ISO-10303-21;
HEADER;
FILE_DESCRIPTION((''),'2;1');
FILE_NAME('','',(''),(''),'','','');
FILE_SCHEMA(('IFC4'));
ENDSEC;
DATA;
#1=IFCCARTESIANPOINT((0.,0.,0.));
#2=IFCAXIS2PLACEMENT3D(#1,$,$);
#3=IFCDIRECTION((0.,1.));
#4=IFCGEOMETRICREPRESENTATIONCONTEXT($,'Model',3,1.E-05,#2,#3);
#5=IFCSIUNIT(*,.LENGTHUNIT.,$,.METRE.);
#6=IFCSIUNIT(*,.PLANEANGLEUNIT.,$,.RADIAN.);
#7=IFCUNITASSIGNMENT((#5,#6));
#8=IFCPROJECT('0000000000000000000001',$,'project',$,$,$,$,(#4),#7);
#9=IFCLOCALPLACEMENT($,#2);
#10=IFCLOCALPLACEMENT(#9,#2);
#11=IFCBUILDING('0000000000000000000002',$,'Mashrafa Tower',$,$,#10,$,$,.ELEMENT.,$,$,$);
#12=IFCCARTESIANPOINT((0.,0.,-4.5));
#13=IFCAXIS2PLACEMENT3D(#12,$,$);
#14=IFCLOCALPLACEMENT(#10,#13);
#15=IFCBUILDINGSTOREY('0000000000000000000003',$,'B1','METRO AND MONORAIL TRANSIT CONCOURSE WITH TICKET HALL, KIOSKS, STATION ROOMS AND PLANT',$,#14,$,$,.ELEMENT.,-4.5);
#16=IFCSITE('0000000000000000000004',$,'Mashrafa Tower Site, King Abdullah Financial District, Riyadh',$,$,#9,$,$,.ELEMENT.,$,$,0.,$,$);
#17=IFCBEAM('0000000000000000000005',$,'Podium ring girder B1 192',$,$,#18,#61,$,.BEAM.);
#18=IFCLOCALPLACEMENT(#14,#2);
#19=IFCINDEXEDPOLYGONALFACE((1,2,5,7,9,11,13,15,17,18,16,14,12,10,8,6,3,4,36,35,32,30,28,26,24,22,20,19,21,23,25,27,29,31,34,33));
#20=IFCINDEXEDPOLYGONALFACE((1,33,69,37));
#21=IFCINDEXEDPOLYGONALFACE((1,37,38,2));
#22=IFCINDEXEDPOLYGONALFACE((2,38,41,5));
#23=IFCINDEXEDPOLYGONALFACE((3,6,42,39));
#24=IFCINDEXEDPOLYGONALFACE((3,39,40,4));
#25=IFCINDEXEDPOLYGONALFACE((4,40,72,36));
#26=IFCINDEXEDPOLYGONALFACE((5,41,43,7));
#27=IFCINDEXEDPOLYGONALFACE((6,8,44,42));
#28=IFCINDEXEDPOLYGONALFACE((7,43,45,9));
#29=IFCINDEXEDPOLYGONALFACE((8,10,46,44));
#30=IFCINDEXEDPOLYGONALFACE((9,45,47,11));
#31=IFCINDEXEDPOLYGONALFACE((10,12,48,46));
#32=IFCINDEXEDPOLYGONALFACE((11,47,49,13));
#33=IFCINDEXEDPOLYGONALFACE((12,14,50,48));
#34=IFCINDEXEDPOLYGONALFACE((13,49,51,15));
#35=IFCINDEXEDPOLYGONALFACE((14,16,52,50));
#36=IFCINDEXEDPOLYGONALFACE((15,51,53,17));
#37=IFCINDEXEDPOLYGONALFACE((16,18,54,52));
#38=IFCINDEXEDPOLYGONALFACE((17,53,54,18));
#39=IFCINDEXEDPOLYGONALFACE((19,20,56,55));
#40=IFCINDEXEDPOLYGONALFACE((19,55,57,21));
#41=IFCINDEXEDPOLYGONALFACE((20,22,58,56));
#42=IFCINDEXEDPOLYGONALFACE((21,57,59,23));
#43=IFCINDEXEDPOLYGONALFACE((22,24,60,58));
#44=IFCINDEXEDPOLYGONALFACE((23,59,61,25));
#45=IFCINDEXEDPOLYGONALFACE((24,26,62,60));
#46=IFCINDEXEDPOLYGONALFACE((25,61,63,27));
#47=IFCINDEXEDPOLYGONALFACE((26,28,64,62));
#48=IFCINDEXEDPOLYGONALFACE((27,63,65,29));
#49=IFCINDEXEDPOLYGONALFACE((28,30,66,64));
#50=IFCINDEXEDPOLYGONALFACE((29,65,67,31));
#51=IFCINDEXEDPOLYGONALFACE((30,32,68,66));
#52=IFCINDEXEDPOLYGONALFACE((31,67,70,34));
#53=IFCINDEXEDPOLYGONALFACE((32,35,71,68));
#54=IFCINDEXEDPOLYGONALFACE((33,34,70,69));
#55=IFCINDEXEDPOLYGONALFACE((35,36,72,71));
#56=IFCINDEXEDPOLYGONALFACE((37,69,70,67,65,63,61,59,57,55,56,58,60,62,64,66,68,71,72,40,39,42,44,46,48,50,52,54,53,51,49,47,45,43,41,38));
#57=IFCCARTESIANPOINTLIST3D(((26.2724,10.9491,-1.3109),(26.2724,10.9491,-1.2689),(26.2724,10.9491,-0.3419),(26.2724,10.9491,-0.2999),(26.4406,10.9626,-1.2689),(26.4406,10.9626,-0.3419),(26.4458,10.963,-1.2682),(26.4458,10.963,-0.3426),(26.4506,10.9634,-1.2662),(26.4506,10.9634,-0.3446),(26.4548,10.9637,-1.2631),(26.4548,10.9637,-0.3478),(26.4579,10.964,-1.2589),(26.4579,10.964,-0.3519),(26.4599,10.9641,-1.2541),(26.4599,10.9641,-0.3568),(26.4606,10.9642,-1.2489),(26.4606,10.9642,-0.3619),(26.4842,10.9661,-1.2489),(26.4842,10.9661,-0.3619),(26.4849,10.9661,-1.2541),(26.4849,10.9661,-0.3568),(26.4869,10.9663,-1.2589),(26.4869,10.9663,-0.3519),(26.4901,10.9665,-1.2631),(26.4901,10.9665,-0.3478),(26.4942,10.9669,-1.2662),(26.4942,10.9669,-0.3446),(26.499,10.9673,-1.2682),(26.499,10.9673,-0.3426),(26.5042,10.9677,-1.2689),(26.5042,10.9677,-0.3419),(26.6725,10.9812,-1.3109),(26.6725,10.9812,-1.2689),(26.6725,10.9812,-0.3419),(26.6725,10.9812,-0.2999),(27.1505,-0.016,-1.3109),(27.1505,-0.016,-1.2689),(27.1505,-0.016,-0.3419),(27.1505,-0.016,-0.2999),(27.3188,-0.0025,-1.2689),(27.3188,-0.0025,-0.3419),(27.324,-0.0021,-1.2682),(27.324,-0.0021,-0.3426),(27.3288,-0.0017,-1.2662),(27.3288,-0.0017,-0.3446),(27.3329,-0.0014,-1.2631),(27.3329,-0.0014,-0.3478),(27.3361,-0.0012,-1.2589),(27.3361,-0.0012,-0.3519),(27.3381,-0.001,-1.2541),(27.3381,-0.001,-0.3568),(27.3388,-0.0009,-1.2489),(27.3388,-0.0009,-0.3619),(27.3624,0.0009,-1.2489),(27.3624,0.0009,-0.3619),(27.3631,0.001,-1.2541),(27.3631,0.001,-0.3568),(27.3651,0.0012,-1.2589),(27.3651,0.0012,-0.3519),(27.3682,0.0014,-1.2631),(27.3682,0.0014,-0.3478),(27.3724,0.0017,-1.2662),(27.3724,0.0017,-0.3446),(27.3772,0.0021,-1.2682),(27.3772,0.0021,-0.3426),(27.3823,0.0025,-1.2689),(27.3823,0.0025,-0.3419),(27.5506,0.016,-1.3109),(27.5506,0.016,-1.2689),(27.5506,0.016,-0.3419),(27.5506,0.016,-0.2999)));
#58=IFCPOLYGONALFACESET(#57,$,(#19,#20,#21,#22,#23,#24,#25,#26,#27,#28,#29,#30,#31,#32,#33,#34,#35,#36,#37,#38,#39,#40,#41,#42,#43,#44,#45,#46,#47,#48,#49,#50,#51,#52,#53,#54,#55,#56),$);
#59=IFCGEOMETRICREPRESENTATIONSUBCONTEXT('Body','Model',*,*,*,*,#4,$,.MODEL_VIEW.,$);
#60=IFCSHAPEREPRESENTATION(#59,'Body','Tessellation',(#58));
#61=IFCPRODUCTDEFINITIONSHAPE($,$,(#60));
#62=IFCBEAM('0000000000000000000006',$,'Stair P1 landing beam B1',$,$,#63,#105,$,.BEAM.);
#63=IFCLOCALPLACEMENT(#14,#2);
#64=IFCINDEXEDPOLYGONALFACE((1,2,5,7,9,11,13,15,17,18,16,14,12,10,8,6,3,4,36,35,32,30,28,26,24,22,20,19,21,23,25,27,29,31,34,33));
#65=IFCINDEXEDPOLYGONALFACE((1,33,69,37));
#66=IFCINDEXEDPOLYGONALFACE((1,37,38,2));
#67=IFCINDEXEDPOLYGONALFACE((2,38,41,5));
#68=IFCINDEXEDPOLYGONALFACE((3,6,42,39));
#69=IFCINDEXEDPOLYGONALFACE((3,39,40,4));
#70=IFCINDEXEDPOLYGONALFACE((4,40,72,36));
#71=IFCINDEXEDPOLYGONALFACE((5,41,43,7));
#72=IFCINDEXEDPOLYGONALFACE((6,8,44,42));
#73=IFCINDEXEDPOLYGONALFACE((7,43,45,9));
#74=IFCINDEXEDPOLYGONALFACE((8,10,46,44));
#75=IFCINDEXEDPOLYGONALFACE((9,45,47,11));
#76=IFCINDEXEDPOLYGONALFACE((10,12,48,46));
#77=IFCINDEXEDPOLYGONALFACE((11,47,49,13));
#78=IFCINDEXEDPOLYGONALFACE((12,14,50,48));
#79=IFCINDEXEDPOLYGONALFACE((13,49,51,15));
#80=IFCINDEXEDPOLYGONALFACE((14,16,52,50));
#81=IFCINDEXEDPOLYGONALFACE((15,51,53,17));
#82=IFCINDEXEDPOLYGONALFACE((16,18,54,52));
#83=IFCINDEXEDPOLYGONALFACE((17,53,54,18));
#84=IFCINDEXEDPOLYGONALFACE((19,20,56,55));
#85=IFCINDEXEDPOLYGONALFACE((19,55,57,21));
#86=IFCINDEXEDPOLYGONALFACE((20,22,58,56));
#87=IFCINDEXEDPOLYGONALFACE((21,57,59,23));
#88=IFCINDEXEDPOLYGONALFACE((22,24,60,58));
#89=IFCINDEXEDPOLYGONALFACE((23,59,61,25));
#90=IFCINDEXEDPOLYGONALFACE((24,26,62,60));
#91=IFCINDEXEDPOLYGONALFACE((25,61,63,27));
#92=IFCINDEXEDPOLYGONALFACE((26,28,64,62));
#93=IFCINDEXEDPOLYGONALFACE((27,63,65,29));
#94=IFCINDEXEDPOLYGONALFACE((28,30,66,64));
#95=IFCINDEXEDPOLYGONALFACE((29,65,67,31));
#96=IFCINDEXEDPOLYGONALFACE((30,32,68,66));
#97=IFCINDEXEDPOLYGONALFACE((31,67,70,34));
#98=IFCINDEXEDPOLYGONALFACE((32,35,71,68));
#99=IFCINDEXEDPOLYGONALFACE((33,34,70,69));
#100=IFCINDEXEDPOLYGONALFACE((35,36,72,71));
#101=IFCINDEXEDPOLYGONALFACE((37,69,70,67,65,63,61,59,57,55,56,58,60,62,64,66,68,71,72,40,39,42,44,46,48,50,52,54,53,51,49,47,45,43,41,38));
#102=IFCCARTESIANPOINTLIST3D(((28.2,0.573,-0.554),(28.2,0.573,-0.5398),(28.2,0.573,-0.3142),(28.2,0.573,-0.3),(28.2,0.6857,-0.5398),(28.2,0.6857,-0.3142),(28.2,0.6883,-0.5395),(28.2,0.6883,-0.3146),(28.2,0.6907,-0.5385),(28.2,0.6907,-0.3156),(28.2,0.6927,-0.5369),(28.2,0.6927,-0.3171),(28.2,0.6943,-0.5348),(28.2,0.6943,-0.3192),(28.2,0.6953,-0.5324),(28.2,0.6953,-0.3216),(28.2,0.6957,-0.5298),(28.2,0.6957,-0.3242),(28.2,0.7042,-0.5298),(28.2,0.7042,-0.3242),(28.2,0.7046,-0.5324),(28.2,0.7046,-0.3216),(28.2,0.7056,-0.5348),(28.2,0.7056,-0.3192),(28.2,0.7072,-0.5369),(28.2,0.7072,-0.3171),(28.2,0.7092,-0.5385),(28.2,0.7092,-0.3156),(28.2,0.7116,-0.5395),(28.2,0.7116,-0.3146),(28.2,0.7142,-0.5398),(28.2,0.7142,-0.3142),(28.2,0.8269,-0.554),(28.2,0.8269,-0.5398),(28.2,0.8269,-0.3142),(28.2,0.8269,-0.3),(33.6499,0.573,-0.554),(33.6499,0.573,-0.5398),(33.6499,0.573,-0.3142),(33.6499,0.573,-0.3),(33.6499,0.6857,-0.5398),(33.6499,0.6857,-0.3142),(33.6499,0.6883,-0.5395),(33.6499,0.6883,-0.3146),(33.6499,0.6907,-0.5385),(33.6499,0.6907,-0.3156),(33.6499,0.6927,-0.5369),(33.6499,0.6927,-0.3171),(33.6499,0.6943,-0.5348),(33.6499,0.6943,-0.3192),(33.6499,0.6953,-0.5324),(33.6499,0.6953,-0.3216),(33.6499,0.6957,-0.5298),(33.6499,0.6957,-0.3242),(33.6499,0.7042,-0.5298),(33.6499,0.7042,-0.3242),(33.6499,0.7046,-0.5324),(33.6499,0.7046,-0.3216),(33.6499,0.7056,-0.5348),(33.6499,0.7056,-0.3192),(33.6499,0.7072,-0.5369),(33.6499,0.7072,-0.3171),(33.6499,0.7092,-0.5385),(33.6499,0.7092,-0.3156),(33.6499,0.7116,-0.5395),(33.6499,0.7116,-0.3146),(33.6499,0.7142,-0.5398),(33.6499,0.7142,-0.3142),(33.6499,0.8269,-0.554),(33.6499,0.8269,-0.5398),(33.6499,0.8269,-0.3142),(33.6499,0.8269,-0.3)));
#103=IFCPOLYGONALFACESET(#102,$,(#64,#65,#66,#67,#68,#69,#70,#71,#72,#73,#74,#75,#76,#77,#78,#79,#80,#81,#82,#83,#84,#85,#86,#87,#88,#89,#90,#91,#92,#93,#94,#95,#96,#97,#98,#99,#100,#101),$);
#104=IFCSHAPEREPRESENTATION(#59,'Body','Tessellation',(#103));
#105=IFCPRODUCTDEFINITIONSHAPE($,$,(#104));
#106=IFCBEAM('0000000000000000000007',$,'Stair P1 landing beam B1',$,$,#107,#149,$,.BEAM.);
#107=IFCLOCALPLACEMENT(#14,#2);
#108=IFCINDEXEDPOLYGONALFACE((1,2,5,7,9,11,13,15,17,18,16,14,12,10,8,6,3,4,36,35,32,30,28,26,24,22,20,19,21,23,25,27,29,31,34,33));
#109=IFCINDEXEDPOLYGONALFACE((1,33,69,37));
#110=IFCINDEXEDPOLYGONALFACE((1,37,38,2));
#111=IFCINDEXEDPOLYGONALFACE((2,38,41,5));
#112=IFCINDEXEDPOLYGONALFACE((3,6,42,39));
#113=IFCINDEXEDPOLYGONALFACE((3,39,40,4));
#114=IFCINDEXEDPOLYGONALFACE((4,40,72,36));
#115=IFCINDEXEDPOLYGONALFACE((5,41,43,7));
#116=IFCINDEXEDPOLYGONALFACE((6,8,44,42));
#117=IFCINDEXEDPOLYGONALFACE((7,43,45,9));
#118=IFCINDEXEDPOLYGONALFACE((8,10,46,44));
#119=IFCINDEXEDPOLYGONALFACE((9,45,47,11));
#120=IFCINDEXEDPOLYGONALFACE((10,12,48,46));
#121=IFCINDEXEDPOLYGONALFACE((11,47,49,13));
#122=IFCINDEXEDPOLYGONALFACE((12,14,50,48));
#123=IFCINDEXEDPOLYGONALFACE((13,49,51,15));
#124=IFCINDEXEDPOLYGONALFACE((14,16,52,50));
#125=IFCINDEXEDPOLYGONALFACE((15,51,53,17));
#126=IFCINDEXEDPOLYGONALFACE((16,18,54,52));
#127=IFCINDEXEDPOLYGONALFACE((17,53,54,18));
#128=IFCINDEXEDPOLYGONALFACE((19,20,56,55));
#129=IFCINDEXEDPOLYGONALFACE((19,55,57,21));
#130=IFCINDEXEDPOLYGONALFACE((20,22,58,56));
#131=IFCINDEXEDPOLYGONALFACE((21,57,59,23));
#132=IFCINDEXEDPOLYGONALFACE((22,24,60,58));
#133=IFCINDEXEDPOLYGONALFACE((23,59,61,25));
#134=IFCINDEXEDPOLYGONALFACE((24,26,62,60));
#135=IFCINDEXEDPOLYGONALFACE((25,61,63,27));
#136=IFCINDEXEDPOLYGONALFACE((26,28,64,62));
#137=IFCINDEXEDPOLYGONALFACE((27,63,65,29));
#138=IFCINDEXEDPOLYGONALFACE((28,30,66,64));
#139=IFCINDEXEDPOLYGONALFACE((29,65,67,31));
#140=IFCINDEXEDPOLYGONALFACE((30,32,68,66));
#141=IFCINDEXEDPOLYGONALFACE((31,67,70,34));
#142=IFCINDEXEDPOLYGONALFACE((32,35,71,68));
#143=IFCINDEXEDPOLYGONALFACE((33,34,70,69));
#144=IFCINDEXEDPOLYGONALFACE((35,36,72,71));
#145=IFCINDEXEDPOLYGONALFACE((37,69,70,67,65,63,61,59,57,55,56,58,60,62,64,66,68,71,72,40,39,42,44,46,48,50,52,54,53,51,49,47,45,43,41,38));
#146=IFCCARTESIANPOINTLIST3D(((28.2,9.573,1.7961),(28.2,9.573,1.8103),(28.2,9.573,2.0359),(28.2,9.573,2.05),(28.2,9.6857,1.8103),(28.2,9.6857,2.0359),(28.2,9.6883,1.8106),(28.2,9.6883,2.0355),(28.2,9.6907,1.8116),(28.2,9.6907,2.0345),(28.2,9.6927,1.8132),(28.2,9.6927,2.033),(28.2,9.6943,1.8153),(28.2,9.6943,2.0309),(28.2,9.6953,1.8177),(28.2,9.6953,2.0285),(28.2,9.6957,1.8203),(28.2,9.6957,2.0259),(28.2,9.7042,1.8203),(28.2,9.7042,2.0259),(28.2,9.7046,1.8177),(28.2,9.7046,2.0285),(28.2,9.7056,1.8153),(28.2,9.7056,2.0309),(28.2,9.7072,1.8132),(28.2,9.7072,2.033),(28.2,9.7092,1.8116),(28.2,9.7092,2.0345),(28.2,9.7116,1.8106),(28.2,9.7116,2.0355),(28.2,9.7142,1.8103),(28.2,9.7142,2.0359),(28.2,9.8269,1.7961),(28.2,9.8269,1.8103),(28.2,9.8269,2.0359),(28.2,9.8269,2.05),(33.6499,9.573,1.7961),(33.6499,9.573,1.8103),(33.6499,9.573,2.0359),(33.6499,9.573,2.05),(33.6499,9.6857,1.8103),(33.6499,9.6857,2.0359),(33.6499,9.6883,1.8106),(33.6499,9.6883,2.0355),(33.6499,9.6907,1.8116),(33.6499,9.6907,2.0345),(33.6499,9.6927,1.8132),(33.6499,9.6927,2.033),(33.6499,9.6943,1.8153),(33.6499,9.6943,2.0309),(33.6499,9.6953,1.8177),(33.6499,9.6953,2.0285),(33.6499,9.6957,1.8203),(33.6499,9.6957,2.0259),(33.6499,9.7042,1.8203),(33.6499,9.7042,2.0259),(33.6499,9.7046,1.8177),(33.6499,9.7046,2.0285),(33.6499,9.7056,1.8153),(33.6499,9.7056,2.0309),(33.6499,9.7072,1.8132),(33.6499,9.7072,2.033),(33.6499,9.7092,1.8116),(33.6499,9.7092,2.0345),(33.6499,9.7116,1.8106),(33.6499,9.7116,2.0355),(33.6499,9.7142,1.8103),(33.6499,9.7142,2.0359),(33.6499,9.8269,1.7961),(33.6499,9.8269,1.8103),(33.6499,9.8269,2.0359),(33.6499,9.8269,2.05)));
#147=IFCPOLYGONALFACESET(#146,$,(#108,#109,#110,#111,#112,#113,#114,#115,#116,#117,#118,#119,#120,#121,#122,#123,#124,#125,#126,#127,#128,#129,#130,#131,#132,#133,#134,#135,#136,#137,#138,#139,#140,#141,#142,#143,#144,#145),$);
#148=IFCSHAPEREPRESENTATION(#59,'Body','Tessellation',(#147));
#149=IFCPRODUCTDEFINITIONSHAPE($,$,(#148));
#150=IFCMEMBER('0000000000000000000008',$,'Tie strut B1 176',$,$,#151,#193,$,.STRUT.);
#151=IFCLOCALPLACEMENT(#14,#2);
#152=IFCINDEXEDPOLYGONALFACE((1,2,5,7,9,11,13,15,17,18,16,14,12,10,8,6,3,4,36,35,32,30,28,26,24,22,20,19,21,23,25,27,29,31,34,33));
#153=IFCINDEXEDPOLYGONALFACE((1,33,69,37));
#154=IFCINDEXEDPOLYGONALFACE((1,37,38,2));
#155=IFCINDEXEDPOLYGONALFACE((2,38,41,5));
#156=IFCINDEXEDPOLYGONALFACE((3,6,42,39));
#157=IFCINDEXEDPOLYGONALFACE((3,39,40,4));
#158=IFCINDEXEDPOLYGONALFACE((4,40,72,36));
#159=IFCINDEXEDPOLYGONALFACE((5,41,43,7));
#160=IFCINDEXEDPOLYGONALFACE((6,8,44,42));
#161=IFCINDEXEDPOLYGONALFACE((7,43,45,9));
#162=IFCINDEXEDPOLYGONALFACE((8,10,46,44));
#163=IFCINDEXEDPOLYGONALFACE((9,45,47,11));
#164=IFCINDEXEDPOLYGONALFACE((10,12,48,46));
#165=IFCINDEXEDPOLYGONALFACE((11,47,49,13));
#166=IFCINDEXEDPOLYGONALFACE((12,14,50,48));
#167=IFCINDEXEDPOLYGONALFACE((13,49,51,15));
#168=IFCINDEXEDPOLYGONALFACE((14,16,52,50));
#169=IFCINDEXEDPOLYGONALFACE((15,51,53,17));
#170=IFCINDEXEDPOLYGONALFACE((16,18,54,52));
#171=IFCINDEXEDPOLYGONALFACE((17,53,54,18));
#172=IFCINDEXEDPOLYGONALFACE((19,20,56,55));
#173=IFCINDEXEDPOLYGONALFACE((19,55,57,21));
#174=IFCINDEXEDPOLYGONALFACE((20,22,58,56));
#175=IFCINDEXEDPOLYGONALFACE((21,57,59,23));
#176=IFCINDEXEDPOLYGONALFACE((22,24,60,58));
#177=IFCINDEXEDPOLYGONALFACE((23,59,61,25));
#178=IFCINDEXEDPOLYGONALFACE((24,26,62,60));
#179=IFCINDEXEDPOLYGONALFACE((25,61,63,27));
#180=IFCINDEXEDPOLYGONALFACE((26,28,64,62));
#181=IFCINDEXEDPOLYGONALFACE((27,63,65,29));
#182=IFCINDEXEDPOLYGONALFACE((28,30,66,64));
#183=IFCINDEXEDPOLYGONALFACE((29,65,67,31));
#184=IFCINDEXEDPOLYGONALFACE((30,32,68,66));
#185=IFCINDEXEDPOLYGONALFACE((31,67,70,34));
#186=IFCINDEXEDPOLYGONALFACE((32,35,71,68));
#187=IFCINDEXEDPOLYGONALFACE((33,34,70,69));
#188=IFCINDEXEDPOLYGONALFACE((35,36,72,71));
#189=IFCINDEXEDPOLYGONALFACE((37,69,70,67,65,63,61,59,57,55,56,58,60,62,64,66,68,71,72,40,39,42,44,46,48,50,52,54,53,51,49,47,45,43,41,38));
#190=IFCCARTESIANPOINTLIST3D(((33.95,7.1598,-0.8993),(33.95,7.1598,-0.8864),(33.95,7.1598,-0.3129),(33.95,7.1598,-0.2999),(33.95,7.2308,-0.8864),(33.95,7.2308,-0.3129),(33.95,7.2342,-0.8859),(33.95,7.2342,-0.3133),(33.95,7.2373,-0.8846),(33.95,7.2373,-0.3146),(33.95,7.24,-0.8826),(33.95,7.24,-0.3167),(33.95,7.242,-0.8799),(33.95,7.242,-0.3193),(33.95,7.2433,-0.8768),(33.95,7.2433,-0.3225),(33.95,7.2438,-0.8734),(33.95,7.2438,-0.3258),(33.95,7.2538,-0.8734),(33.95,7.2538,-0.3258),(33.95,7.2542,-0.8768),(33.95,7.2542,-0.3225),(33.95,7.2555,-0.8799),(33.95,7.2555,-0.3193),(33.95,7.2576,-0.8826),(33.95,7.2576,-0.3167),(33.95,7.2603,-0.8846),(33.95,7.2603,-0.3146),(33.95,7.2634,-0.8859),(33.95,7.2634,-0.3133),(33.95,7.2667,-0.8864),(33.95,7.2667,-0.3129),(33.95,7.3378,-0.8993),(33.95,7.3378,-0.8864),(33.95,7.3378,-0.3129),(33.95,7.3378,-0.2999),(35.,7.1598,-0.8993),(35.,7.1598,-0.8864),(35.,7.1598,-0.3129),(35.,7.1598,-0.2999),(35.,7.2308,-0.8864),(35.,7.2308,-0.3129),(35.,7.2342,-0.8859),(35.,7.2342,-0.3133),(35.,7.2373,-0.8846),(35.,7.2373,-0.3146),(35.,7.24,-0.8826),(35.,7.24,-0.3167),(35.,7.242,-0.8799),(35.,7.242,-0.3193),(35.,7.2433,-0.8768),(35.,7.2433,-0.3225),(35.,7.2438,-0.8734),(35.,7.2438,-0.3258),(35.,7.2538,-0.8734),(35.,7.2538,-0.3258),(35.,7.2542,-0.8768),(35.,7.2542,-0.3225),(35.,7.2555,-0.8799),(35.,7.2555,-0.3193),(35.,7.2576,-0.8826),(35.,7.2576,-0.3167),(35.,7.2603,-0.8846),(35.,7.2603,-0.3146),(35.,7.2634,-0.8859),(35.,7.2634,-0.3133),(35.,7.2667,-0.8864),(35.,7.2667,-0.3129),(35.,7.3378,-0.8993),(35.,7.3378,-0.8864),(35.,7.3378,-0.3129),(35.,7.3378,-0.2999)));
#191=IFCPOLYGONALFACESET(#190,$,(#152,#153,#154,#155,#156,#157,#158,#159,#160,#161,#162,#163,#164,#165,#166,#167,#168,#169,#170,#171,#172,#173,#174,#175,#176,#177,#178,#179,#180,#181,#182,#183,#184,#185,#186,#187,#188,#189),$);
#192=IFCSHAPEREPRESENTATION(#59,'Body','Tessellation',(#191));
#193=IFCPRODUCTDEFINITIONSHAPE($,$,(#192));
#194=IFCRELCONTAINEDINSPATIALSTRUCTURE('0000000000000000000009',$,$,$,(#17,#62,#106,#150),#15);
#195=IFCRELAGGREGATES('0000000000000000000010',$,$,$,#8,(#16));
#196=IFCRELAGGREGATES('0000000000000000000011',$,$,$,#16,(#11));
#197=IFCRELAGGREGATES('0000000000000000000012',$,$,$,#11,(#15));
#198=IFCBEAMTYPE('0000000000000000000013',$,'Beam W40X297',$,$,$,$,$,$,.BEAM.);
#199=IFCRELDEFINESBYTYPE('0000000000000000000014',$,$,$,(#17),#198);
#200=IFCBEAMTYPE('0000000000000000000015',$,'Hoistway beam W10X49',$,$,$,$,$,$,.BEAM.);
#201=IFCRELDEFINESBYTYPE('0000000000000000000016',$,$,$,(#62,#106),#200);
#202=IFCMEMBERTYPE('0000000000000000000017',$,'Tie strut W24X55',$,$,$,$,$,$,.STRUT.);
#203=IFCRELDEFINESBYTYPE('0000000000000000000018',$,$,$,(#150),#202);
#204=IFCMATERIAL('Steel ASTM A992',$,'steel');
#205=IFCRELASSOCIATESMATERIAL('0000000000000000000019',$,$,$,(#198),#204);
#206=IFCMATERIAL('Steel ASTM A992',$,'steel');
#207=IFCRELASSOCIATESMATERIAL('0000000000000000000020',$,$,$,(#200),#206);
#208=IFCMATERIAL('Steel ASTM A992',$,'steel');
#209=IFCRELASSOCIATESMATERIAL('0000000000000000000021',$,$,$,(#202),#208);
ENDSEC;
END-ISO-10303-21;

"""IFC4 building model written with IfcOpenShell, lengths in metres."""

from ifc_helpers import new_model, si_unit, direction, frame, origin, origin_2d, place, context, subcontext, project, spatial, i_section, extrude, source, transform, mapped, material, material_profile, profile_set, type_object, type_shapes, element, save


model = new_model("IFC4")

# Units and contexts
model_context = context("Model", 3, precision=1e-05, world=origin(), true_north=direction((0.0, 1.0)))
body_context = subcontext(model_context, "Body", "Model", "MODEL_VIEW")
ifc_project = project(units=[si_unit("LENGTHUNIT", "METRE"), si_unit("PLANEANGLEUNIT", "RADIAN")], contexts=[model_context])

# Site, building, storey
site_placement = place(None, origin())
site = spatial("IfcSite", under=ifc_project, at=site_placement, Name="Mashrafa Tower Site, King Abdullah Financial District, Riyadh", CompositionType="ELEMENT", RefElevation=0.0)
building_placement = place(site_placement, origin())
building = spatial("IfcBuilding", under=site, at=building_placement, Name="Mashrafa Tower", CompositionType="ELEMENT")
storey_placement = place(building_placement, frame((0.0, 0.0, -4.5)))
storey = spatial("IfcBuildingStorey", under=building, at=storey_placement, Name="B1", Description="METRO AND MONORAIL TRANSIT CONCOURSE WITH TICKET HALL, KIOSKS, STATION ROOMS AND PLANT", CompositionType="ELEMENT", Elevation=-4.5)

# Beams
ifc_material_1 = material(Name="Steel ASTM A992", Category="steel")
ifc_material_profile_1 = material_profile(ifc_material_1, i_section(OverallWidth=0.4014, OverallDepth=1.011, WebThickness=0.0237, FlangeThickness=0.042, FilletRadius=0.02, at=origin_2d()), Name="W40X297")
ifc_profile_set_1 = profile_set([ifc_material_profile_1], Name="Steel ASTM A992")
beam_type_1 = type_object("IfcBeamType", Name="Beam W40X297", PredefinedType="BEAM", material=ifc_profile_set_1)
beam_1_placement = place(storey_placement, frame((27.3506, 0.0, -0.8054), z_axis=(-0.079833, 0.996808, 0.0), x_axis=(-0.996808, -0.079833, 0.0)))
element("IfcBeam", 1, at=beam_1_placement, inside=storey, type_object=beam_type_1, Name="Podium ring girder B1 192", PredefinedType="BEAM", context=body_context, shape_type="SweptSolid", body=[
    extrude(i_section(OverallWidth=0.4014, OverallDepth=1.011, WebThickness=0.0237, FlangeThickness=0.042, FilletRadius=0.02, at=origin_2d()), origin(), (0.0, 0.0, 1.0), 11.0002),
])
ifc_material_2 = material(Name="Steel ASTM A992", Category="steel")
ifc_material_profile_2 = material_profile(ifc_material_2, i_section(OverallWidth=0.2539, OverallDepth=0.2539, WebThickness=0.0085, FlangeThickness=0.0142, FilletRadius=0.01, at=origin_2d()), Name="W10X49")
ifc_profile_set_2 = profile_set([ifc_material_profile_2], Name="Steel ASTM A992")
beam_type_2 = type_object("IfcBeamType", Name="Hoistway beam W10X49", PredefinedType="BEAM", material=ifc_profile_set_2)
for number, where, z_axis, x_axis, name in (
    (2, (28.2, 0.7, -0.427), (1.0, 0.0, 0.0), (0.0, 1.0, 0.0), "Stair P1 landing beam B1"),
    (3, (28.2, 9.7, 1.9231), (1.0, 0.0, 0.0), (0.0, 1.0, 0.0), "Stair P1 landing beam B1"),
):
    element("IfcBeam", number, at=place(storey_placement, frame(where, z_axis=z_axis, x_axis=x_axis)), inside=storey, type_object=beam_type_2, Name=name, PredefinedType="BEAM", context=body_context, shape_type="SweptSolid", body=[
        extrude(i_section(OverallWidth=0.2539, OverallDepth=0.2539, WebThickness=0.0085, FlangeThickness=0.0142, FilletRadius=0.01, at=origin_2d()), origin(), (0.0, 0.0, 1.0), 5.45),
    ])

# Member
ifc_material_3 = material(Name="Steel ASTM A992", Category="steel")
ifc_material_profile_3 = material_profile(ifc_material_3, i_section(OverallWidth=0.178, OverallDepth=0.5994, WebThickness=0.01, FlangeThickness=0.0129, FilletRadius=0.0129, at=origin_2d()), Name="W24X55")
ifc_profile_set_3 = profile_set([ifc_material_profile_3], Name="Steel ASTM A992")
member_type_1 = type_object("IfcMemberType", Name="Tie strut W24X55", PredefinedType="STRUT", material=ifc_profile_set_3)
shared_shape_1 = source(origin(), body_context, "Body", "SweptSolid", [
    extrude(i_section(OverallWidth=0.178, OverallDepth=0.5994, WebThickness=0.01, FlangeThickness=0.0129, FilletRadius=0.0129, at=origin_2d()), origin(), (0.0, 0.0, 1.0), 1.05),
])
type_shapes(member_type_1, [shared_shape_1])
member_1_placement = place(storey_placement, frame((33.95, 7.2488, -0.5996), z_axis=(1.0, 0.0, 0.0), x_axis=(0.0, 1.0, 0.0)))
element("IfcMember", 4, at=member_1_placement, inside=storey, type_object=member_type_1, Name="Tie strut B1 176", PredefinedType="STRUT", context=body_context, shape_type="MappedRepresentation", body=[
    mapped(shared_shape_1, transform((0.0, 0.0, 0.0))),
])

save(model, "model.ifc")
